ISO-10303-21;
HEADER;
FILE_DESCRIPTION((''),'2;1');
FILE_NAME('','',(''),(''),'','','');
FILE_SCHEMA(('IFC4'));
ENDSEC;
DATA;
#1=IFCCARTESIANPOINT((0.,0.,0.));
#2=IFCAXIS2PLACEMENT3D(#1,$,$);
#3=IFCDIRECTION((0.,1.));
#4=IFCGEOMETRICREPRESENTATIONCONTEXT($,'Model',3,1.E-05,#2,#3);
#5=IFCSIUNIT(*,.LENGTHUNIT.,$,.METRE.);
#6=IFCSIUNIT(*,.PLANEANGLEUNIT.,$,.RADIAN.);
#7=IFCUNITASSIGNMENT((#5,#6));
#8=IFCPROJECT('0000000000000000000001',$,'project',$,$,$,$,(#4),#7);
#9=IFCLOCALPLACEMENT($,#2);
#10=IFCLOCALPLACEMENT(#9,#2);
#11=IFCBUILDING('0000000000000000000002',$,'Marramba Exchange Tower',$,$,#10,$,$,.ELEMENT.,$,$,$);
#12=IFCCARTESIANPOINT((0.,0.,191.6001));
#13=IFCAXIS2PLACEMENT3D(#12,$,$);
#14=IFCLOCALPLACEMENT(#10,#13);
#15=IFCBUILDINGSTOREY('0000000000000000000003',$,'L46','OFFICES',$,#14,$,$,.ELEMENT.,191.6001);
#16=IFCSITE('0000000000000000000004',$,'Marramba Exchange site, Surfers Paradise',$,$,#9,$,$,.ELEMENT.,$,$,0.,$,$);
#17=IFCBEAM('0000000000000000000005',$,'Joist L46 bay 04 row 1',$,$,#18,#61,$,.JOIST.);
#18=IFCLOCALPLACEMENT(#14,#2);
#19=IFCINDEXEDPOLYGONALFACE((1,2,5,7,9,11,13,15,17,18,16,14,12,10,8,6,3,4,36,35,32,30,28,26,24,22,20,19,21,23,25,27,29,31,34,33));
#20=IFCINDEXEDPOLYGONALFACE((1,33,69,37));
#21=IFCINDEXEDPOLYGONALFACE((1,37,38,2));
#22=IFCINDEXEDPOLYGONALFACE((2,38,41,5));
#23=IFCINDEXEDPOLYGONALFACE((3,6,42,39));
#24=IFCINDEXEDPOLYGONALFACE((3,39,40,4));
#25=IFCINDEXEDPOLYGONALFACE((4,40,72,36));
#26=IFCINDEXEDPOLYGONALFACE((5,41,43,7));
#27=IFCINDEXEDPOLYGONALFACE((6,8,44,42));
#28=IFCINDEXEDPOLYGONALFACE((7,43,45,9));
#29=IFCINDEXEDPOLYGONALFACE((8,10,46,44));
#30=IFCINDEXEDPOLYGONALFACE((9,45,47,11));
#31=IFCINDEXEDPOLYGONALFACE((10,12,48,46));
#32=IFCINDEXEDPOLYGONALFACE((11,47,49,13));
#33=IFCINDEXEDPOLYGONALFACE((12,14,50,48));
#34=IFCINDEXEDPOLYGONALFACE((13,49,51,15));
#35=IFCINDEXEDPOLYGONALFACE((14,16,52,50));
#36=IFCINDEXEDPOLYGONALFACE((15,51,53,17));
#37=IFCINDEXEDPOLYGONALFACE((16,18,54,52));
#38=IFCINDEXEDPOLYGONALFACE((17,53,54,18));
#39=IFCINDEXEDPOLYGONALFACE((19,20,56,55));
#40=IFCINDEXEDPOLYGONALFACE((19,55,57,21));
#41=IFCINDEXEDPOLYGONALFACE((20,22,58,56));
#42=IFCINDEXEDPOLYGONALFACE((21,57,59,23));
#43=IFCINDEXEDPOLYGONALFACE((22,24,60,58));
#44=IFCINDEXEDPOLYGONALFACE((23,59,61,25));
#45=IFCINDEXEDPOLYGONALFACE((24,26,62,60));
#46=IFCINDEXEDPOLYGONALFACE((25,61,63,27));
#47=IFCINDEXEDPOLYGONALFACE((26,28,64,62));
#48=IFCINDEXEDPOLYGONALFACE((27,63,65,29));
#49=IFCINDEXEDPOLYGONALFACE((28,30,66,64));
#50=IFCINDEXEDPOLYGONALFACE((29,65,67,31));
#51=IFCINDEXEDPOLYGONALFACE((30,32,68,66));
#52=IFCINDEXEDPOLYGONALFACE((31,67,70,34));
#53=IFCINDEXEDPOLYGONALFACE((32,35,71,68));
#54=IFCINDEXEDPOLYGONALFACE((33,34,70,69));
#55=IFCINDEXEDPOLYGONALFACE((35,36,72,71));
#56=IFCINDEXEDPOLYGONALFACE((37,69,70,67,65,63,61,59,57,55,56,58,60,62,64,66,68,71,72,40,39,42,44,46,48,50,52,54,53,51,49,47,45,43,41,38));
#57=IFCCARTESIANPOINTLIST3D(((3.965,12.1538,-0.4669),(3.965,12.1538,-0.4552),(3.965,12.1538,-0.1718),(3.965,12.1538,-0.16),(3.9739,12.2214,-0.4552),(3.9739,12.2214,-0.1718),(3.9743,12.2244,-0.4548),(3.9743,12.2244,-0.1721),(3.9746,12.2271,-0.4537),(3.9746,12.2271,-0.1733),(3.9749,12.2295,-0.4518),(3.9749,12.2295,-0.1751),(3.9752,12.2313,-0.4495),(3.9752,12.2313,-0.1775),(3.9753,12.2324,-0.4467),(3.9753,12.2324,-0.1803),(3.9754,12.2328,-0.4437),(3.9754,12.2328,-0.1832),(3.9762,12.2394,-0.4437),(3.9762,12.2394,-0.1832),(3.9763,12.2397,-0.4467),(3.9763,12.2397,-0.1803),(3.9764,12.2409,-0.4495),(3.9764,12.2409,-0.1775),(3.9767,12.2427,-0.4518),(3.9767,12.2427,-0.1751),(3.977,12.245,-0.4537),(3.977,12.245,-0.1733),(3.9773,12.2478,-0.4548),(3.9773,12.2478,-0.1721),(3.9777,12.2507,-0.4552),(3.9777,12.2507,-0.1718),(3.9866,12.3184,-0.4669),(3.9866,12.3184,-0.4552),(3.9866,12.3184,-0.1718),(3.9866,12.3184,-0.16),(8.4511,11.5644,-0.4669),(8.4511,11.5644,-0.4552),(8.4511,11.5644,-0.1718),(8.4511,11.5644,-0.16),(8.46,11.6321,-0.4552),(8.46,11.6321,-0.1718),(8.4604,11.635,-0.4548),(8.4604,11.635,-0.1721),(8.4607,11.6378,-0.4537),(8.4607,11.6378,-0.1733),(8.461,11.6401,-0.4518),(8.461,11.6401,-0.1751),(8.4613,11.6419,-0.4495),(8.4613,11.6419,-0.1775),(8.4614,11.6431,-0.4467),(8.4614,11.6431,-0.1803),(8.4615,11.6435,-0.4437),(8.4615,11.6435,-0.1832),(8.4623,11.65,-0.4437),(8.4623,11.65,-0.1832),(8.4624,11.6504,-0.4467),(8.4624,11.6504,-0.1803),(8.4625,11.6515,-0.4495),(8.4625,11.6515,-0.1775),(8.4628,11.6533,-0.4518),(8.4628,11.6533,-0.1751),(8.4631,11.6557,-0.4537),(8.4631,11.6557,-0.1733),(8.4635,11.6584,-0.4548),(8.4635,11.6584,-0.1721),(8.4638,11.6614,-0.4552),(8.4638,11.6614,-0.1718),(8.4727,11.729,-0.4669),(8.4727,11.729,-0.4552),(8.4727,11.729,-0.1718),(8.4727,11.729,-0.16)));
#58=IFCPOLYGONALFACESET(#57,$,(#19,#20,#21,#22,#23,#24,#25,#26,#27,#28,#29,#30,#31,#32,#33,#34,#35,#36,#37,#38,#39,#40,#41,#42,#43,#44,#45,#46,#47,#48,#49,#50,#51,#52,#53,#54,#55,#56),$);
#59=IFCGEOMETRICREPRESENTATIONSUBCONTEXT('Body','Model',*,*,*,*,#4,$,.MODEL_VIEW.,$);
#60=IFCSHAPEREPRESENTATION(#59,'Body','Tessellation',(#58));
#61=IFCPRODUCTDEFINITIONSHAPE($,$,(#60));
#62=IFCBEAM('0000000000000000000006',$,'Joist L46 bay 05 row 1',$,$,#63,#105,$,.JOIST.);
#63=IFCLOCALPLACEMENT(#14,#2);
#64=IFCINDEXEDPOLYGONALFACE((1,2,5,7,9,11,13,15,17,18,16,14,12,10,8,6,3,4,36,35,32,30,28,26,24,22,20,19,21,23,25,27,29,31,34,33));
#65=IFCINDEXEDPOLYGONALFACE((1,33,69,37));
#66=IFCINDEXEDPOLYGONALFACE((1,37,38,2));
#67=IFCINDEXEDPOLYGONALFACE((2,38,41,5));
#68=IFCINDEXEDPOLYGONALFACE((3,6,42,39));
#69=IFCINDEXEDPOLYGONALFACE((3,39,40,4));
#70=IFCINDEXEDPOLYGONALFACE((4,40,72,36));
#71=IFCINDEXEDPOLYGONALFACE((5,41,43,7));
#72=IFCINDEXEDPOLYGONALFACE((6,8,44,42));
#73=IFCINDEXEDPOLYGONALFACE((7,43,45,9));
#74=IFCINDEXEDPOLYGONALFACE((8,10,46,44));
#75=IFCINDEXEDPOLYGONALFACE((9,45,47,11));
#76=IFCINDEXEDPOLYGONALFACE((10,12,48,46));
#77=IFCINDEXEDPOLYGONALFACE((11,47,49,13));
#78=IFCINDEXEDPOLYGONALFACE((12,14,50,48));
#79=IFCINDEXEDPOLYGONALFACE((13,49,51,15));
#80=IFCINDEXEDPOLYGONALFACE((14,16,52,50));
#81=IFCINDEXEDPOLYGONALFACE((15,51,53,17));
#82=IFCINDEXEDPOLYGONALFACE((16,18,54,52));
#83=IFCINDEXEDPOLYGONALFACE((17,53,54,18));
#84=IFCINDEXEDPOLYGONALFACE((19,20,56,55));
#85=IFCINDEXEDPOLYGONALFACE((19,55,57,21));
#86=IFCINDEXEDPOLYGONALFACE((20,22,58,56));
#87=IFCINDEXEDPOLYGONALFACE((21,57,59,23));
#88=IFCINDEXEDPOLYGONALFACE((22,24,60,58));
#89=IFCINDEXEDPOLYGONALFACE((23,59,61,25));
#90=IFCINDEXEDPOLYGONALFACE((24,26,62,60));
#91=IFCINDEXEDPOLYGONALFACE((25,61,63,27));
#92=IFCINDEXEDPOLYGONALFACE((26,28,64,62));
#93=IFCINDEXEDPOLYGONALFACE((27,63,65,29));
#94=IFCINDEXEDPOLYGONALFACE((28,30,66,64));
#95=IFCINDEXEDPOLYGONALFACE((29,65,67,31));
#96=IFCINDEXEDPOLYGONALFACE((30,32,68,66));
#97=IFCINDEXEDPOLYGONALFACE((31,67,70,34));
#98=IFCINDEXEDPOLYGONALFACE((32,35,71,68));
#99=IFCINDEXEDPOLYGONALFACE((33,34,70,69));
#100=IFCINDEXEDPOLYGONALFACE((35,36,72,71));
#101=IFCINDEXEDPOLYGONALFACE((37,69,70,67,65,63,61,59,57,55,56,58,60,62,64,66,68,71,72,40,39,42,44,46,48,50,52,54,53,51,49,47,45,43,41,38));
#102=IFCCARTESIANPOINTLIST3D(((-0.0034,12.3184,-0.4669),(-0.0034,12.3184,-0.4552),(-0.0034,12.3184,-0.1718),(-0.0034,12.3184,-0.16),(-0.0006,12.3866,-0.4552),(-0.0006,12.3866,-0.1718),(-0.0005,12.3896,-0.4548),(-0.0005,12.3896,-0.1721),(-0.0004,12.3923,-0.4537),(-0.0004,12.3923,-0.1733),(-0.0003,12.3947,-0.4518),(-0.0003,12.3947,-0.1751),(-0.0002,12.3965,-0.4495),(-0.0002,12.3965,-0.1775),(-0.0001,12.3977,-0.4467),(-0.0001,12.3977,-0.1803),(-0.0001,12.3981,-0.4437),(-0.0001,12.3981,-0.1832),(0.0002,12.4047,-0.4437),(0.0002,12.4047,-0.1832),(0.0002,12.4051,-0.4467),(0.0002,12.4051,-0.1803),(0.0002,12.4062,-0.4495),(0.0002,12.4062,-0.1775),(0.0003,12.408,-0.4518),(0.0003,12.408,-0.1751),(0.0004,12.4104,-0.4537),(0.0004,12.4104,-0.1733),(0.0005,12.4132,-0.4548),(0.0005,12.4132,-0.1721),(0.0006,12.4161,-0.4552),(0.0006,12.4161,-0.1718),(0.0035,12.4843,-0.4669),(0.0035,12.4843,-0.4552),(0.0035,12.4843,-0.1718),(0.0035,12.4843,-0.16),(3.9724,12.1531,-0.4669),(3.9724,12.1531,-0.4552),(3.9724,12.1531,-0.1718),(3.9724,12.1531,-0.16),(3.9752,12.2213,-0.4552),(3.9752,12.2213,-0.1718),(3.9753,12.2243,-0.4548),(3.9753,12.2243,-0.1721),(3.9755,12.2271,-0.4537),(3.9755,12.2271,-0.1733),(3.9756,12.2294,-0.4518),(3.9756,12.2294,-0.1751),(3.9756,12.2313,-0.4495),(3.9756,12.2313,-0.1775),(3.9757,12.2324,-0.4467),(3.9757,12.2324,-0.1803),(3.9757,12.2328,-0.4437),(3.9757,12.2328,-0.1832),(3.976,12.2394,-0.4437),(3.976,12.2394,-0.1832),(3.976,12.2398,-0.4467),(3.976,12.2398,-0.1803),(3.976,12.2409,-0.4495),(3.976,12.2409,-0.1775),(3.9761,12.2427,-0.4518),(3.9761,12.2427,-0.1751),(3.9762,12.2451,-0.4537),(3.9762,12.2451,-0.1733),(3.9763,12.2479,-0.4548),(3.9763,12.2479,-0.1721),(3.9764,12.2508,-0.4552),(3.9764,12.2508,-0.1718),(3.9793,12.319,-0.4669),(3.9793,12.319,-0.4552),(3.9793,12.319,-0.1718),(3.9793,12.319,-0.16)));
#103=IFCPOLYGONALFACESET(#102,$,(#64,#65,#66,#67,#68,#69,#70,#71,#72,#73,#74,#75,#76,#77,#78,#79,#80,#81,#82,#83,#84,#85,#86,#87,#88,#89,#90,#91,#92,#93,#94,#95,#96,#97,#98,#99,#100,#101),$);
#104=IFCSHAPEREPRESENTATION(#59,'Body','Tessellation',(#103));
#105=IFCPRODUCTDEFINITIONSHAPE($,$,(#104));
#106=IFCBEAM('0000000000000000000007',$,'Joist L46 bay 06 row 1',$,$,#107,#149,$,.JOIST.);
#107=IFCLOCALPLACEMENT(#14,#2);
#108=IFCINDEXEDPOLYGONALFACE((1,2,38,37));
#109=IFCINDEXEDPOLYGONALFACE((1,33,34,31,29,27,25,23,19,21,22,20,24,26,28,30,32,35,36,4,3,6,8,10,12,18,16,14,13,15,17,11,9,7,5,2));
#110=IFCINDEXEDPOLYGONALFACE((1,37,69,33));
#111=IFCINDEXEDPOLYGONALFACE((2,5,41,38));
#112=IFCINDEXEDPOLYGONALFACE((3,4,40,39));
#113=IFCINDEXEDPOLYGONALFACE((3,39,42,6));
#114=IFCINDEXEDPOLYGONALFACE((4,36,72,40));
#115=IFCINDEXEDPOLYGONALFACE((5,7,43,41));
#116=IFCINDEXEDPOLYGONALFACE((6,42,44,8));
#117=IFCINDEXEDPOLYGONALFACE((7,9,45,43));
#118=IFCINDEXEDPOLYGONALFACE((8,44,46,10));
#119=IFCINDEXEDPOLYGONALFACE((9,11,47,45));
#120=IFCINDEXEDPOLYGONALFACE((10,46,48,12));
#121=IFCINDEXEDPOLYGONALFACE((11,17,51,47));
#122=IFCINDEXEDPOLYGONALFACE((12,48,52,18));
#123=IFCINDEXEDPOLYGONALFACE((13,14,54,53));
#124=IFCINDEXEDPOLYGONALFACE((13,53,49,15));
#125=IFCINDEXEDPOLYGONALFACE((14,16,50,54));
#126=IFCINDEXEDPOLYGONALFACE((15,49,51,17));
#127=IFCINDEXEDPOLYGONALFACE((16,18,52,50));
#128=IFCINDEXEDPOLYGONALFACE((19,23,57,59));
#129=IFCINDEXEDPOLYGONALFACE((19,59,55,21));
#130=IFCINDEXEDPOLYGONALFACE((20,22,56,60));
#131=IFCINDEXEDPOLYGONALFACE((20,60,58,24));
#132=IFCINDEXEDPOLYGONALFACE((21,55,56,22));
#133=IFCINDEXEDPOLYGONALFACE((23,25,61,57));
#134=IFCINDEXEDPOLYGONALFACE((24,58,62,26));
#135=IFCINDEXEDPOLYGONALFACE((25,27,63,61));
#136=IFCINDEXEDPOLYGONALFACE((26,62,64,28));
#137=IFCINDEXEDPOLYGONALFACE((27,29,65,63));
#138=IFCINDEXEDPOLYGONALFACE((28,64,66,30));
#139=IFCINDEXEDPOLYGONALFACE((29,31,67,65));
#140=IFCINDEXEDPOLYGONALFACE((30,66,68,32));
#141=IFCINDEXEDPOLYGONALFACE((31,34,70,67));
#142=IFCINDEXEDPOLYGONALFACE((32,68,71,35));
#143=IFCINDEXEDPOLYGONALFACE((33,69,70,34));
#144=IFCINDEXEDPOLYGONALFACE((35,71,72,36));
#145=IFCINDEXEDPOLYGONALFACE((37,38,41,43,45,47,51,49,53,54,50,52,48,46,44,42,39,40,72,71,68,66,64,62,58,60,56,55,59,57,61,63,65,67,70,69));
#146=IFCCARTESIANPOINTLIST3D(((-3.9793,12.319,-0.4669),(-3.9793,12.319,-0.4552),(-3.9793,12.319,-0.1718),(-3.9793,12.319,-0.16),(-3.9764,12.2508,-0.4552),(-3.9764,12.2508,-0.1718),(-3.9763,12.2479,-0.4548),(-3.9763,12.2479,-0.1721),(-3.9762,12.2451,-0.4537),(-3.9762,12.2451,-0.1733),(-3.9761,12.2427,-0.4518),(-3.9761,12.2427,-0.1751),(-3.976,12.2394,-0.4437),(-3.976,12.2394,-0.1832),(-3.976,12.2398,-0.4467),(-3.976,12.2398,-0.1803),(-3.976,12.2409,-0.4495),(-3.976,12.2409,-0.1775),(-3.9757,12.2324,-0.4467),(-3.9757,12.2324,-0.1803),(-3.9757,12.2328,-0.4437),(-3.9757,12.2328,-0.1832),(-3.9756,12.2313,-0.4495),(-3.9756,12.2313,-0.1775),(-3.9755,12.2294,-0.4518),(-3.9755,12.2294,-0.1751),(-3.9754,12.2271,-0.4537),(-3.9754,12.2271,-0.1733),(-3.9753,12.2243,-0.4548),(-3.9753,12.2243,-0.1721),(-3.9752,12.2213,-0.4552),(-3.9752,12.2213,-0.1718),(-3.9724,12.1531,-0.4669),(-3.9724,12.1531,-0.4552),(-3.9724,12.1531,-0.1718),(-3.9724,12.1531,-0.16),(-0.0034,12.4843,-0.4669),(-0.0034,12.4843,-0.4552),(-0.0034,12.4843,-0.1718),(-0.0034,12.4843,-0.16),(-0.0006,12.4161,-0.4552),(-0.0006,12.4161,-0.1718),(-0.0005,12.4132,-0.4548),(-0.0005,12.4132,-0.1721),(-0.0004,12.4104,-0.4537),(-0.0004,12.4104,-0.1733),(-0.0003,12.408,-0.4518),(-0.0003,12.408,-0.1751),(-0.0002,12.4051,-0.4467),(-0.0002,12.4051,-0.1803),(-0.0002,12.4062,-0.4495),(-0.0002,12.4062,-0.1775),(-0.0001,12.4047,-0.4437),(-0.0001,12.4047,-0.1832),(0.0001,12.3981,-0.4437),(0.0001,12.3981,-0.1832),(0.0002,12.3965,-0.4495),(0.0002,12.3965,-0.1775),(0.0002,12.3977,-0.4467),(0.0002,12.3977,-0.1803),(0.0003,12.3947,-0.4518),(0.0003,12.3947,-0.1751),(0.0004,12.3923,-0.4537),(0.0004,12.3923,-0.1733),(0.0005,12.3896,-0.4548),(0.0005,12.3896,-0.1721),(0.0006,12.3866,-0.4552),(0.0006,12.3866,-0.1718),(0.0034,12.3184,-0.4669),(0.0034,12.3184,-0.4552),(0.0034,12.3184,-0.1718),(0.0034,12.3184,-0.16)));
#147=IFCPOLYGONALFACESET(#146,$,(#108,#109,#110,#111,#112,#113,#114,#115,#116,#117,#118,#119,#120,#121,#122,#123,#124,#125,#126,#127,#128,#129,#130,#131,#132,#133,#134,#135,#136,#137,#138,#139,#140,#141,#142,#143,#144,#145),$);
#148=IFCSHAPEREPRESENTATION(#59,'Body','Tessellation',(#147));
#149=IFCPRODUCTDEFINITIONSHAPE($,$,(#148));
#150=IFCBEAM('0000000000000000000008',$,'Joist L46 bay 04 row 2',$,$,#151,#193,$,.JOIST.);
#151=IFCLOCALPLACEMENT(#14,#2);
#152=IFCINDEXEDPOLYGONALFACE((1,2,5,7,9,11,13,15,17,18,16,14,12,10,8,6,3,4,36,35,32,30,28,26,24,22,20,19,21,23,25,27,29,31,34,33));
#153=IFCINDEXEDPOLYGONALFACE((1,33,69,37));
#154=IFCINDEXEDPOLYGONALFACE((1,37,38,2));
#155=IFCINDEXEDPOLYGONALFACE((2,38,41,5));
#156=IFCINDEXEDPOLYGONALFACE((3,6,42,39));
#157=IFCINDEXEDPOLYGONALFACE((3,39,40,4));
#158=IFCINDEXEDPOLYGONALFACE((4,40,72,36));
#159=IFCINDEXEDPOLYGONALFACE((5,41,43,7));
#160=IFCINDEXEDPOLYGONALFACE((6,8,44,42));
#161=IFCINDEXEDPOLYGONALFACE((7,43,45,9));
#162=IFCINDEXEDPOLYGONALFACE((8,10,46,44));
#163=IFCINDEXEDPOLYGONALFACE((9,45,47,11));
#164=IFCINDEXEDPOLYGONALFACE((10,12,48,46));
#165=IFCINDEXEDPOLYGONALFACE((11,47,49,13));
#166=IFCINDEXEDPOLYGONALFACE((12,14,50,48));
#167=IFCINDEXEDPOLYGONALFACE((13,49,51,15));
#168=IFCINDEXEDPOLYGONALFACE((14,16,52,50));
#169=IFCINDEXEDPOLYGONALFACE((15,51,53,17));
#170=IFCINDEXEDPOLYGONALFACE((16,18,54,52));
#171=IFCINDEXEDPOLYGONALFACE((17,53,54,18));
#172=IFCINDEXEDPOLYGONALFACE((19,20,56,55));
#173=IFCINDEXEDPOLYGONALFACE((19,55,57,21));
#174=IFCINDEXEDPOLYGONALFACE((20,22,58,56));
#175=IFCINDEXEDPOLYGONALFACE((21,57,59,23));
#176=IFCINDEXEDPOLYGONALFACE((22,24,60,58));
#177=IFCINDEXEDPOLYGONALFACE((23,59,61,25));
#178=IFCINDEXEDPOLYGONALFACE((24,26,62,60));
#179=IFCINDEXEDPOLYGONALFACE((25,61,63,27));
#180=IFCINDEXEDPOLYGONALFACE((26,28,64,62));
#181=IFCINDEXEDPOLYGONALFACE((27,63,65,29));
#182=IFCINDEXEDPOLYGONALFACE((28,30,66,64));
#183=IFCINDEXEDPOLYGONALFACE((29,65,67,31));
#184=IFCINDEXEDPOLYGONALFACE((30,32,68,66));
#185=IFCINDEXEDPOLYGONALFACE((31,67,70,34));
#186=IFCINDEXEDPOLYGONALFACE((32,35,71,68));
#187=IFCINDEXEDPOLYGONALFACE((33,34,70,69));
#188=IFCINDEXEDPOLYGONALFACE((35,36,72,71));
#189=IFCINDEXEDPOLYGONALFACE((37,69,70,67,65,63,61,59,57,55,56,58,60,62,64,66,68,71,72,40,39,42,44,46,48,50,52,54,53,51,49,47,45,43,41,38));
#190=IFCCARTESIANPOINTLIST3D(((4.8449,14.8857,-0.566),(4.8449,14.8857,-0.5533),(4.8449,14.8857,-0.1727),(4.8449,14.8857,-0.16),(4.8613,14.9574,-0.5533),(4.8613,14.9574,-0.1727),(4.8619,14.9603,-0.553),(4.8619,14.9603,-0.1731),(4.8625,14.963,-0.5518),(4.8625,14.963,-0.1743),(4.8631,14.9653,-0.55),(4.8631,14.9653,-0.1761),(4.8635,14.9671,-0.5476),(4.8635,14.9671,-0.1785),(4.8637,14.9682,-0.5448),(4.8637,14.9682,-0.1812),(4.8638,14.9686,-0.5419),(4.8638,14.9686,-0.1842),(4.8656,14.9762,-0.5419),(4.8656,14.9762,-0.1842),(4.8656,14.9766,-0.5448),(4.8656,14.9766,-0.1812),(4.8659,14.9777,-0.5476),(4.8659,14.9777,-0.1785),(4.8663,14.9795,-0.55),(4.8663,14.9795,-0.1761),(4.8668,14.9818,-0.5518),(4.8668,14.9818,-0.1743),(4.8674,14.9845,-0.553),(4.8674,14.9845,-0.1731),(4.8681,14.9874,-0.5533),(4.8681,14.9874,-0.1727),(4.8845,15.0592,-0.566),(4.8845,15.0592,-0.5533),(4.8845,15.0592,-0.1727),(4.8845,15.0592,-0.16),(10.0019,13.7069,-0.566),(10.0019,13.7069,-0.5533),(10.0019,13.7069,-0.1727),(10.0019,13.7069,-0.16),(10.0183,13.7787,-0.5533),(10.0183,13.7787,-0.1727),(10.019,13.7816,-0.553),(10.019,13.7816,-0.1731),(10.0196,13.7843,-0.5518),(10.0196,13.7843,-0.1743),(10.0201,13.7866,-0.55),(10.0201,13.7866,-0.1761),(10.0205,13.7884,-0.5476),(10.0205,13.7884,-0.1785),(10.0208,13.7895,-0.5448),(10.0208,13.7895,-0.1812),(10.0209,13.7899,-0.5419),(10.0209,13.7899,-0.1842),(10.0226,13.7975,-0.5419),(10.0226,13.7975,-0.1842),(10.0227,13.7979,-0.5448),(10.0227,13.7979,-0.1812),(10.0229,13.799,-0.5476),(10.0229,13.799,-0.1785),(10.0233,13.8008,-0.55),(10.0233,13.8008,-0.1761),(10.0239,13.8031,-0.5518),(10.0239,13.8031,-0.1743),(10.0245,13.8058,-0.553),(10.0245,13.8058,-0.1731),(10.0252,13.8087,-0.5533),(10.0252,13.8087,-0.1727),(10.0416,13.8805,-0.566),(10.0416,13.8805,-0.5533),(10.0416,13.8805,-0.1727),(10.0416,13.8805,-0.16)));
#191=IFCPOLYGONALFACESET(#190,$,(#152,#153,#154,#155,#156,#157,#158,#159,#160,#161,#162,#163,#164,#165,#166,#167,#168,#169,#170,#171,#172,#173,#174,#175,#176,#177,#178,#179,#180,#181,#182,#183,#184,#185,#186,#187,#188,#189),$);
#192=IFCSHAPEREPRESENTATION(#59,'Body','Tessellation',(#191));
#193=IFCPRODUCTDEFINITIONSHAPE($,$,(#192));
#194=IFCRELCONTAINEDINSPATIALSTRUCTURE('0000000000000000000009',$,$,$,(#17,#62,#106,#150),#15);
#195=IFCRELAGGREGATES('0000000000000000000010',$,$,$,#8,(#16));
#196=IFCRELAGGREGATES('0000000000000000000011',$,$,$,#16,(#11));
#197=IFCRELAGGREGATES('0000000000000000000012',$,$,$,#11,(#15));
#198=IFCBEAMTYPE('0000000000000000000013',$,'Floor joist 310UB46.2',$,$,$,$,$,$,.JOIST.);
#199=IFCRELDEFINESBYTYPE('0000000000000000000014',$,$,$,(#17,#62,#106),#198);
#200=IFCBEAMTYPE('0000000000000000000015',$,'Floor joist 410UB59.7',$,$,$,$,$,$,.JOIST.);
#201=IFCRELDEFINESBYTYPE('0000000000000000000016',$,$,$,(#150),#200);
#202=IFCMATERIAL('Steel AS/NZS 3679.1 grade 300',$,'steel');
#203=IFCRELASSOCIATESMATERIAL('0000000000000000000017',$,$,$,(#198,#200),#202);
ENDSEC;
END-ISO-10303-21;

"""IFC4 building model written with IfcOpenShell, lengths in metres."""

from ifc_helpers import new_model, si_unit, direction, frame, origin, origin_2d, place, context, subcontext, project, spatial, i_section, extrude, material, material_profile, profile_set, type_object, element, save


model = new_model("IFC4")

# Units and contexts
model_context = context("Model", 3, precision=1e-05, world=origin(), true_north=direction((0.0, 1.0)))
body_context = subcontext(model_context, "Body", "Model", "MODEL_VIEW")
ifc_project = project(units=[si_unit("LENGTHUNIT", "METRE"), si_unit("PLANEANGLEUNIT", "RADIAN")], contexts=[model_context])

# Site, building, storey
site_placement = place(None, origin())
site = spatial("IfcSite", under=ifc_project, at=site_placement, Name="Marramba Exchange site, Surfers Paradise", CompositionType="ELEMENT", RefElevation=0.0)
building_placement = place(site_placement, origin())
building = spatial("IfcBuilding", under=site, at=building_placement, Name="Marramba Exchange Tower", CompositionType="ELEMENT")
storey_placement = place(building_placement, frame((0.0, 0.0, 191.6001)))
storey = spatial("IfcBuildingStorey", under=building, at=storey_placement, Name="L46", Description="OFFICES", CompositionType="ELEMENT", Elevation=191.6001)

# Beams
ifc_material_1 = material(Name="Steel AS/NZS 3679.1 grade 300", Category="steel")
ifc_material_profile_1 = material_profile(ifc_material_1, i_section(OverallWidth=0.166, OverallDepth=0.3069, WebThickness=0.0066, FlangeThickness=0.0117, FilletRadius=0.0115, at=origin_2d()), Name="310UB46.2")
ifc_profile_set_1 = profile_set([ifc_material_profile_1], Name="Steel AS/NZS 3679.1 grade 300")
beam_type_1 = type_object("IfcBeamType", Name="Floor joist 310UB46.2", PredefinedType="JOIST", material=ifc_profile_set_1)
beam_1_placement = place(storey_placement, frame((8.4619, 11.6467, -0.3135), z_axis=(-0.991481, 0.130255, 0.0), x_axis=(-0.130255, -0.991481, 0.0)))
element("IfcBeam", 1, at=beam_1_placement, inside=storey, type_object=beam_type_1, Name="Joist L46 bay 04 row 1", PredefinedType="JOIST", context=body_context, shape_type="SweptSolid", body=[
    extrude(i_section(OverallWidth=0.166, OverallDepth=0.3069, WebThickness=0.0066, FlangeThickness=0.0117, FilletRadius=0.0115, at=origin_2d()), origin(), (0.0, 0.0, 1.0), 4.5247),
])
for number, where, z_axis, x_axis, name in (
    (2, (3.9758, 12.2361, -0.3135), (-0.999137, 0.041536, 0.0), (-0.041536, -0.999137, 0.0), "Joist L46 bay 05 row 1"),
    (3, (0.0, 12.4014, -0.3135), (-0.999137, -0.041536, 0.0), (0.041536, -0.999137, 0.0), "Joist L46 bay 06 row 1"),
):
    element("IfcBeam", number, at=place(storey_placement, frame(where, z_axis=z_axis, x_axis=x_axis)), inside=storey, type_object=beam_type_1, Name=name, PredefinedType="JOIST", context=body_context, shape_type="SweptSolid", body=[
        extrude(i_section(OverallWidth=0.166, OverallDepth=0.3069, WebThickness=0.0066, FlangeThickness=0.0117, FilletRadius=0.0115, at=origin_2d()), origin(), (0.0, 0.0, 1.0), 3.9792),
    ])
ifc_material_profile_2 = material_profile(ifc_material_1, i_section(OverallWidth=0.178, OverallDepth=0.406, WebThickness=0.0078, FlangeThickness=0.0127, FilletRadius=0.0115, at=origin_2d()), Name="410UB59.7")
ifc_profile_set_2 = profile_set([ifc_material_profile_2], Name="Steel AS/NZS 3679.1 grade 300")
beam_type_2 = type_object("IfcBeamType", Name="Floor joist 410UB59.7", PredefinedType="JOIST", material=ifc_profile_set_2)
beam_2_placement = place(storey_placement, frame((10.0217, 13.7937, -0.363), z_axis=(-0.97486, 0.22282, 0.0), x_axis=(-0.22282, -0.97486, 0.0)))
element("IfcBeam", 4, at=beam_2_placement, inside=storey, type_object=beam_type_2, Name="Joist L46 bay 04 row 2", PredefinedType="JOIST", context=body_context, shape_type="SweptSolid", body=[
    extrude(i_section(OverallWidth=0.178, OverallDepth=0.406, WebThickness=0.0078, FlangeThickness=0.0127, FilletRadius=0.0115, at=origin_2d()), origin(), (0.0, 0.0, 1.0), 5.29),
])

save(model, "model.ifc")
